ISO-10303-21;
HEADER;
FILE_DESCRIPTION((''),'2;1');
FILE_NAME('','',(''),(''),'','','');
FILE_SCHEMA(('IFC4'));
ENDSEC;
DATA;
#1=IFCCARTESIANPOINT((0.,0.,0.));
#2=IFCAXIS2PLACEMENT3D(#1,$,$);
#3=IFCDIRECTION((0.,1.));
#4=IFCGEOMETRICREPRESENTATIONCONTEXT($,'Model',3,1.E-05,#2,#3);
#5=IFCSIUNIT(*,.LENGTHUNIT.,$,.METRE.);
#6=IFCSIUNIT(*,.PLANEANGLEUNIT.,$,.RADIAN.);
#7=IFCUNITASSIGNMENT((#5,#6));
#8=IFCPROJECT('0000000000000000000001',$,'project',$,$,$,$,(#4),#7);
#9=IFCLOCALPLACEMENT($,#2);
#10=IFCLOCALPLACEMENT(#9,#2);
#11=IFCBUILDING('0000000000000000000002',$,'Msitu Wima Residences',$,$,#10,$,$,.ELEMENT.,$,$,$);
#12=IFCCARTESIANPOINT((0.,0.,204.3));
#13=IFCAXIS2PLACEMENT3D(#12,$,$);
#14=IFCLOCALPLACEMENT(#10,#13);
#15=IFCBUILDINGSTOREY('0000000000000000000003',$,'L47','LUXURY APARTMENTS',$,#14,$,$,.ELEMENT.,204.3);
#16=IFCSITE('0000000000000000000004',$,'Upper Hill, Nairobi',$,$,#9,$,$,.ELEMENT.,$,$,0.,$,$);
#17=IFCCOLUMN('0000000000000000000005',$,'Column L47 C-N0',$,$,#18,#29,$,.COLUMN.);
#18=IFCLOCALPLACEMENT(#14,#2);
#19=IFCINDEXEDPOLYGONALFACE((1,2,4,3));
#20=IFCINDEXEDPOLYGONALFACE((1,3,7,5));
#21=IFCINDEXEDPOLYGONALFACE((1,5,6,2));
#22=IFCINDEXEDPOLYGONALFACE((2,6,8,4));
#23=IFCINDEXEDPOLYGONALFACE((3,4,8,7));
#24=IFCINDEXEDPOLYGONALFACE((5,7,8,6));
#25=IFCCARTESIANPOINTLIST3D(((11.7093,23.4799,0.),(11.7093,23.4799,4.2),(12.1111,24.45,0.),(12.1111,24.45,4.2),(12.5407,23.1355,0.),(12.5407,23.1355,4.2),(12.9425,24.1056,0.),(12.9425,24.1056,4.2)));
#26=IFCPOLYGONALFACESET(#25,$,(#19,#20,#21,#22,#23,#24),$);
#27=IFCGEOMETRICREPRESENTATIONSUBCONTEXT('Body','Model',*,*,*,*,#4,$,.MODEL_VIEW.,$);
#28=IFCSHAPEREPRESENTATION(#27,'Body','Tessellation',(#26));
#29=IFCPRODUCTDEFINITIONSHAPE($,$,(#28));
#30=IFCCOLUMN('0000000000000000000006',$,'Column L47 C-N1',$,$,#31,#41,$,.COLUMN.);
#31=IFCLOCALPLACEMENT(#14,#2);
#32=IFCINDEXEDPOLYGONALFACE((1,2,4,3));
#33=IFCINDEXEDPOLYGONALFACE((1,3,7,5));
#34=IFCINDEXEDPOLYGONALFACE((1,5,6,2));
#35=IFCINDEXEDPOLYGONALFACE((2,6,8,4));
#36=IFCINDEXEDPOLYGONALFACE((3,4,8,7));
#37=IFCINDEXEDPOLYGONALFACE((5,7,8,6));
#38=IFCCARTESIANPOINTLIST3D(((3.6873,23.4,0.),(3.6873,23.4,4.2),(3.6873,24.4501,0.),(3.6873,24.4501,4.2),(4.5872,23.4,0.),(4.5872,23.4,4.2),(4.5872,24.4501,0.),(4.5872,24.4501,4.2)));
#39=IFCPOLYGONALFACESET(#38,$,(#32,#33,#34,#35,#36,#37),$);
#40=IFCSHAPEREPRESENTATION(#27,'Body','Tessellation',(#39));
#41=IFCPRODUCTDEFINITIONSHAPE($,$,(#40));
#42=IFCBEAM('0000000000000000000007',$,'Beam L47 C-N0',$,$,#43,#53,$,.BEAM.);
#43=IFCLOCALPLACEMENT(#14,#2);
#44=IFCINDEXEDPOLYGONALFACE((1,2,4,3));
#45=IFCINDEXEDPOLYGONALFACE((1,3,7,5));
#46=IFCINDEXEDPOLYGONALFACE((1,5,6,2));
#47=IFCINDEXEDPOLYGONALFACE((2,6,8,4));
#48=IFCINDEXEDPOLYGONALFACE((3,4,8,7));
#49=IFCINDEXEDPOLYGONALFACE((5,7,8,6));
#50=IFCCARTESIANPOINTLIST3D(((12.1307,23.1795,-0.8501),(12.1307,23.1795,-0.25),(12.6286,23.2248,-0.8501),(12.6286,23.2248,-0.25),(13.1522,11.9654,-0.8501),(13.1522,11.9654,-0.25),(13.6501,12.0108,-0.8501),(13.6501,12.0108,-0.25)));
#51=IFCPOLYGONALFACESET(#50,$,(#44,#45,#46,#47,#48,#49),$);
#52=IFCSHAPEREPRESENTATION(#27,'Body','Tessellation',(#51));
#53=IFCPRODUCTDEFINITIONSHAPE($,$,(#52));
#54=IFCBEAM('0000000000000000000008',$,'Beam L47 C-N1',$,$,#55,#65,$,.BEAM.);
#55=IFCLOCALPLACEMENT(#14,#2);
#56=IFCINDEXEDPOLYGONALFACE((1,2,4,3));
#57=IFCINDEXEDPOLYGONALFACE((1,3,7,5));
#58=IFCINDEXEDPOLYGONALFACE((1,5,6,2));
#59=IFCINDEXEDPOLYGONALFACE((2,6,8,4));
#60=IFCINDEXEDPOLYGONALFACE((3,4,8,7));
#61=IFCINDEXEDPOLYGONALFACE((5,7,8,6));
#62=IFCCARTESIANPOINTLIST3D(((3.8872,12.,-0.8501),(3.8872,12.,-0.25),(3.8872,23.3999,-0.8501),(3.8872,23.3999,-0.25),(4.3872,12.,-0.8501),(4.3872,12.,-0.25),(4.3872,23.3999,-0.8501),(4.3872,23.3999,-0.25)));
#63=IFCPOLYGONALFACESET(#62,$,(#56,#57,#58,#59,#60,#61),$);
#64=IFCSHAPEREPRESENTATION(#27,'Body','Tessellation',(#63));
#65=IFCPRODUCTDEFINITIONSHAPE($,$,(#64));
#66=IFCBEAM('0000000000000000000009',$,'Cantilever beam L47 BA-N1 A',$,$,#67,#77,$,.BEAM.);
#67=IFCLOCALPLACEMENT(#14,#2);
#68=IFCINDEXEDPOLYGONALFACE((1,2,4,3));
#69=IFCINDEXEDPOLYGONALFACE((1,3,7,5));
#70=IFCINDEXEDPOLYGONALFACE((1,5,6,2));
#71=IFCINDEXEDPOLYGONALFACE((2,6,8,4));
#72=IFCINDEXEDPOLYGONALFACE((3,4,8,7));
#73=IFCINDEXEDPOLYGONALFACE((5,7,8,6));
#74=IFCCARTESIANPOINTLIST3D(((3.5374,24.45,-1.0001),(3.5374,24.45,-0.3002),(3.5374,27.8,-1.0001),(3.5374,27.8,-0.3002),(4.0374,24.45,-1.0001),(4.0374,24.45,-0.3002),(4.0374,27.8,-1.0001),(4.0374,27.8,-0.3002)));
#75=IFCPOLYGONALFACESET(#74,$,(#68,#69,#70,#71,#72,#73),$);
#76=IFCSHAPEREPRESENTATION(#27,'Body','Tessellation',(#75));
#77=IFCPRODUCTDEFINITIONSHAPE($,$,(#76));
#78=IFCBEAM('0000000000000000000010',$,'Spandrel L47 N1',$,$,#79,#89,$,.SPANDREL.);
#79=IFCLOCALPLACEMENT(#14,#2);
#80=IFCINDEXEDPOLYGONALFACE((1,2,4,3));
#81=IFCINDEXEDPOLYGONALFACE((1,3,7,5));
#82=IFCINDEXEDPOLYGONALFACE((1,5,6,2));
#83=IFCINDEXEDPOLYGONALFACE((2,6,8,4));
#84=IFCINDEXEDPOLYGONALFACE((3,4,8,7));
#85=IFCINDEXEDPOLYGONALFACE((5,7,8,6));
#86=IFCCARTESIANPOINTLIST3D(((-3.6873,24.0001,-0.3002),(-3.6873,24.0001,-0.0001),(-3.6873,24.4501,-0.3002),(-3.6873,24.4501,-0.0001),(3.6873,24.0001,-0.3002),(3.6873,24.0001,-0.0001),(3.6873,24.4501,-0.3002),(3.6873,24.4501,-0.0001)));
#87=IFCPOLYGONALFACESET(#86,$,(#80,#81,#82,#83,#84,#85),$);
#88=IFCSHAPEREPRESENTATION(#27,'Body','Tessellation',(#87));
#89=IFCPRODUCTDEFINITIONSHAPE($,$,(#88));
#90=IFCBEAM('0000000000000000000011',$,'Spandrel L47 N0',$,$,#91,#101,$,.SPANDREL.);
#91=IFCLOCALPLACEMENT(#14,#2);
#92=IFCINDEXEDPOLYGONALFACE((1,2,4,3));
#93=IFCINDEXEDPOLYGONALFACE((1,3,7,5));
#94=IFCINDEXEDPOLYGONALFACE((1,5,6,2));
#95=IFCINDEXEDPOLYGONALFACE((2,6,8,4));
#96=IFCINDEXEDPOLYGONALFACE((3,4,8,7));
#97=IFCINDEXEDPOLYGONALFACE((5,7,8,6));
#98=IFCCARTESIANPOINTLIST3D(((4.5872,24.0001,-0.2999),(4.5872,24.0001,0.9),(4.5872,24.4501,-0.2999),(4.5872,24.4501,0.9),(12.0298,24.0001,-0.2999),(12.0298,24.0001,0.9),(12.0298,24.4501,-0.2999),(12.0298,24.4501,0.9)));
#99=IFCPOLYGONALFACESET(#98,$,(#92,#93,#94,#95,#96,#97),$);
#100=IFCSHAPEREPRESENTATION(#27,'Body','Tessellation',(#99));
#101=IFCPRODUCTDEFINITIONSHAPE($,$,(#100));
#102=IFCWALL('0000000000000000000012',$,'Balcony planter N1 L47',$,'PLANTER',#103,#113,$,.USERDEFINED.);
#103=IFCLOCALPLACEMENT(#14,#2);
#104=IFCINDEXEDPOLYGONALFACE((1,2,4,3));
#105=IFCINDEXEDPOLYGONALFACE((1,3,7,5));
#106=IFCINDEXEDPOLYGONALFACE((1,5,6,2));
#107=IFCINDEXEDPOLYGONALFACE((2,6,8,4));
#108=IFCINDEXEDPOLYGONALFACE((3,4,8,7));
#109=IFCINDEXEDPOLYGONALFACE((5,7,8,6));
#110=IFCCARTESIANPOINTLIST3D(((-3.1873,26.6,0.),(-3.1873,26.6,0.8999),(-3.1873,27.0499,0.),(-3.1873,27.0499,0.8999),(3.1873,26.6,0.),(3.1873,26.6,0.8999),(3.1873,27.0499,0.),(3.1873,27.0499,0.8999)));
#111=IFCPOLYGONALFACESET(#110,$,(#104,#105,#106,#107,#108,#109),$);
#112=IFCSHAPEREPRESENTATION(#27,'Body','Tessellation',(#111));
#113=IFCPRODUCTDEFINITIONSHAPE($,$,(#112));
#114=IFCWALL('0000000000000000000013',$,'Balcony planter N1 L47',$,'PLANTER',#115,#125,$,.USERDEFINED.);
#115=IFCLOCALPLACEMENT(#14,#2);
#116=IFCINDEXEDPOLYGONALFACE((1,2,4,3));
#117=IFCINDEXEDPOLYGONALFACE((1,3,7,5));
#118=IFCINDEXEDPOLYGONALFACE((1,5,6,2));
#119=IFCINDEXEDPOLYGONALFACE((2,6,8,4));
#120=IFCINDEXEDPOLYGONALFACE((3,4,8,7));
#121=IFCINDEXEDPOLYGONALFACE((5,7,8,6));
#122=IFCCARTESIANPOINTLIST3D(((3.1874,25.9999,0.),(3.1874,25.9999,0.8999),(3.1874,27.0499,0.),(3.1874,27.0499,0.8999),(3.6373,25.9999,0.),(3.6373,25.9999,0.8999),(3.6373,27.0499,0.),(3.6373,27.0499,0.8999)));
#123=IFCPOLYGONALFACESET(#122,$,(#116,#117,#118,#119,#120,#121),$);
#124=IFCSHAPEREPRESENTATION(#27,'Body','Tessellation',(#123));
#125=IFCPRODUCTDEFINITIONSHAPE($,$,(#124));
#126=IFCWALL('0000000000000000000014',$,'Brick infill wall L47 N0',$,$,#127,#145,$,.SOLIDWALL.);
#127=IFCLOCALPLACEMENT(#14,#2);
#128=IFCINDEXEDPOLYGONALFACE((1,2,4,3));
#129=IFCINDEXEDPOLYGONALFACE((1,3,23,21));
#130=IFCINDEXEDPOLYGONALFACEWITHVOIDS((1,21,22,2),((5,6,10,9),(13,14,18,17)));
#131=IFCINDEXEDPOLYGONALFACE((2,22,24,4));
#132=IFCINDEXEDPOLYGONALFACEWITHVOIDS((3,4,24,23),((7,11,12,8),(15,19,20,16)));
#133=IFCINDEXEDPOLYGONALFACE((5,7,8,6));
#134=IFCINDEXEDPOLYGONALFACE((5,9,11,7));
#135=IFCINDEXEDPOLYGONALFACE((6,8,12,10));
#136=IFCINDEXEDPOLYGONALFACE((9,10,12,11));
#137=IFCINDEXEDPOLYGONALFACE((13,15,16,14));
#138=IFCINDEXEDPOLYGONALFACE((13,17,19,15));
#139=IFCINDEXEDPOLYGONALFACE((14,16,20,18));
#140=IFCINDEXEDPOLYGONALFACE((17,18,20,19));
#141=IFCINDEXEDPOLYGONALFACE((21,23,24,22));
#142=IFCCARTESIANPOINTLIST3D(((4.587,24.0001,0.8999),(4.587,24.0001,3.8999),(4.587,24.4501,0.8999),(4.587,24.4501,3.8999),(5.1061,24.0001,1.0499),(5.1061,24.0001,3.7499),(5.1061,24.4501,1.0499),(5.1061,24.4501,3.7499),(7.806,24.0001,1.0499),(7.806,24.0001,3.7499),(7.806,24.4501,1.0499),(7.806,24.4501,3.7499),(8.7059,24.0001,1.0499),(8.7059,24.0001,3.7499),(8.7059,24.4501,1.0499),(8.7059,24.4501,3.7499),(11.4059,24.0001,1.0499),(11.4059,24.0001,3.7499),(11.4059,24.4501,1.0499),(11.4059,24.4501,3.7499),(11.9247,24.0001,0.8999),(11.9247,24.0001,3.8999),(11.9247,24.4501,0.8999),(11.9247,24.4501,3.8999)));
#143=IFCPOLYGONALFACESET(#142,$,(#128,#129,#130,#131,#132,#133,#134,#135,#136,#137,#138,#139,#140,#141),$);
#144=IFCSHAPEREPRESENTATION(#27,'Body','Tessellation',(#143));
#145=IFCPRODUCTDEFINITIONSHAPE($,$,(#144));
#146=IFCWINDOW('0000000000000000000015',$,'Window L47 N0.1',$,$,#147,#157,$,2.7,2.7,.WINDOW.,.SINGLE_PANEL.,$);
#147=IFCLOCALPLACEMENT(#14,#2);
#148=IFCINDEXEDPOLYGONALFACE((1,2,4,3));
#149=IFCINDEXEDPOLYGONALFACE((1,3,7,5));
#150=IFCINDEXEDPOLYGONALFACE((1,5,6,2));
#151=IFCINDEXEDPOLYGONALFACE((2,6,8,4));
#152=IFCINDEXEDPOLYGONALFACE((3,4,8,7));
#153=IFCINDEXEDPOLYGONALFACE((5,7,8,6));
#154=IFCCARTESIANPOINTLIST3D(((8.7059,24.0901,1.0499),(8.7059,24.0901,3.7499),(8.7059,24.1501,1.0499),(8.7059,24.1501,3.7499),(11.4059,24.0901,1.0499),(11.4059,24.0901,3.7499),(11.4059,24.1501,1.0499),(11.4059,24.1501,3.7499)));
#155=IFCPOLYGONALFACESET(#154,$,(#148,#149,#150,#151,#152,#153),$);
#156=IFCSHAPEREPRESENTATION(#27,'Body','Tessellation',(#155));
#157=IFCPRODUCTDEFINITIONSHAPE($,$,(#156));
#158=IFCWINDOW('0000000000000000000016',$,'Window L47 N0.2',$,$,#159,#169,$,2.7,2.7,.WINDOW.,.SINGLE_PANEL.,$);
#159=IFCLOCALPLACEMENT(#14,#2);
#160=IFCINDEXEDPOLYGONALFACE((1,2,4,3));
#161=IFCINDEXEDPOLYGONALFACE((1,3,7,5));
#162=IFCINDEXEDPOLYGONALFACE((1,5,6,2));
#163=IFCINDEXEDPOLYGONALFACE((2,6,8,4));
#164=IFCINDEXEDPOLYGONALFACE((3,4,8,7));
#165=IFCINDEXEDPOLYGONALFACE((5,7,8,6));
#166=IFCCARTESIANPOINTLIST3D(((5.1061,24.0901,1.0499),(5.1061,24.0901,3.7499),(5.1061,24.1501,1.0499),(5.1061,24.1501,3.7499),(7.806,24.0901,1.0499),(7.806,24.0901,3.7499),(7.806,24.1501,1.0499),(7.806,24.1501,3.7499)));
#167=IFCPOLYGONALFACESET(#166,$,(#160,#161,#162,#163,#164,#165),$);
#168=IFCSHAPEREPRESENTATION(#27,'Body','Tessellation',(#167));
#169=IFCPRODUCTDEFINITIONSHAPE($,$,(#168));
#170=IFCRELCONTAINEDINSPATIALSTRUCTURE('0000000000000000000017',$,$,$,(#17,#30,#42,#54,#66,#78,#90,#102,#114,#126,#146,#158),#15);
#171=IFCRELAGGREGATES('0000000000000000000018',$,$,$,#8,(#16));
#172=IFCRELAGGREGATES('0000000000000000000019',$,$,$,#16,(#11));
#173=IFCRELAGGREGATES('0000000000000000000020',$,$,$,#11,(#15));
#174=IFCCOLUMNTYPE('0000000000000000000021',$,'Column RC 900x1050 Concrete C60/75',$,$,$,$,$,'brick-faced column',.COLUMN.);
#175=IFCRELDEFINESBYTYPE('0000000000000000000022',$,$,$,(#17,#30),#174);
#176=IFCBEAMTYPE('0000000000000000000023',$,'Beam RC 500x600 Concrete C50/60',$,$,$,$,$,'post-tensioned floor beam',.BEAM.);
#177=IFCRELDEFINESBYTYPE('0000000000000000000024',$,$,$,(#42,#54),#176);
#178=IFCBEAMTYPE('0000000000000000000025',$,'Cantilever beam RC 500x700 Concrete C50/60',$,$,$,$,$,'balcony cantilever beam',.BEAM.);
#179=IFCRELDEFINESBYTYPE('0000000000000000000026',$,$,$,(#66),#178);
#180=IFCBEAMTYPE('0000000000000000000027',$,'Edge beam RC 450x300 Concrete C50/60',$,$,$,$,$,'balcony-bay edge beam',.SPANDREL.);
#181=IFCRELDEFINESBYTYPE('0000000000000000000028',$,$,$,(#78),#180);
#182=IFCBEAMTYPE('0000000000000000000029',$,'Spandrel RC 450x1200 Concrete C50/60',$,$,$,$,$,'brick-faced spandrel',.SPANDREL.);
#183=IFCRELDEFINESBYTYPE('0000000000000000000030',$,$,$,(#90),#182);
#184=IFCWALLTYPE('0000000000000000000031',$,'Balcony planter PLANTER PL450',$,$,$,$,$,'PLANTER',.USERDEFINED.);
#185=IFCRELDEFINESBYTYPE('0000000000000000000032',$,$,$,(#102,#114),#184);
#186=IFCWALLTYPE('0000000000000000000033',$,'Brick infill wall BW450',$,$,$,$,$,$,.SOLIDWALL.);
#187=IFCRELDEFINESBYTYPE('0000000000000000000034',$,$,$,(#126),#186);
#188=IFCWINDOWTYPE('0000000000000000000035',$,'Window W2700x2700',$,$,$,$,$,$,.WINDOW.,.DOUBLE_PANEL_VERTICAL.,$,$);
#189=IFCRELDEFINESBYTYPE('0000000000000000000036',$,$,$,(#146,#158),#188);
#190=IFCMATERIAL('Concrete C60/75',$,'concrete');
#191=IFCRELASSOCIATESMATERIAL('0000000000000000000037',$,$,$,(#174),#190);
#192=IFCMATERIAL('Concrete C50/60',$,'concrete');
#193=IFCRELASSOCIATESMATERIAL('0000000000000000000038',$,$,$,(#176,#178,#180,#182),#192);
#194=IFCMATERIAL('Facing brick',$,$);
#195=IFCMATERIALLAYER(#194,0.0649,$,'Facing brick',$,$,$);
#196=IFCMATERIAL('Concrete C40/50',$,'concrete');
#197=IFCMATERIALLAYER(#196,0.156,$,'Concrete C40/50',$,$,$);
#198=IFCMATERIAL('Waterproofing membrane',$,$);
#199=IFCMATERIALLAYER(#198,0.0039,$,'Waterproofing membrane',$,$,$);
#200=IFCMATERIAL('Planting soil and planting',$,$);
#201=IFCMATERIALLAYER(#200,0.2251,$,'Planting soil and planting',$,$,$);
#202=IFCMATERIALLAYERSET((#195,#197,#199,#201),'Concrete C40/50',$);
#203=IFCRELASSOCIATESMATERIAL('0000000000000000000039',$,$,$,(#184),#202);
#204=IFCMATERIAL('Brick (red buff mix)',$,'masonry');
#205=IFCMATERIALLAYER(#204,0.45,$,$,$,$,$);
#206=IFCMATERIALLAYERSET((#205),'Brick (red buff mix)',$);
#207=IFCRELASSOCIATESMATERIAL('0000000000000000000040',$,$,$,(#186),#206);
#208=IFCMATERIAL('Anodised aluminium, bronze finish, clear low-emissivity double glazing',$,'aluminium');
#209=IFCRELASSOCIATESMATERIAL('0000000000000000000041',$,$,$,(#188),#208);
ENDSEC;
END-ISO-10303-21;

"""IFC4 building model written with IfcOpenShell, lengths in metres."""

from ifc_helpers import new_model, si_unit, direction, frame, frame_2d, origin, origin_2d, place, context, subcontext, project, spatial, rectangle, extrude, material, layer, layer_set, material_profile, profile_set, type_object, element, fill, save


model = new_model("IFC4")

# Units and contexts
model_context = context("Model", 3, precision=1e-05, world=origin(), true_north=direction((0.0, 1.0)))
body_context = subcontext(model_context, "Body", "Model", "MODEL_VIEW")
ifc_project = project(units=[si_unit("LENGTHUNIT", "METRE"), si_unit("PLANEANGLEUNIT", "RADIAN")], contexts=[model_context])

# Site, building, storey
site_placement = place(None, origin())
site = spatial("IfcSite", under=ifc_project, at=site_placement, Name="Upper Hill, Nairobi", CompositionType="ELEMENT", RefElevation=0.0)
building_placement = place(site_placement, origin())
building = spatial("IfcBuilding", under=site, at=building_placement, Name="Msitu Wima Residences", CompositionType="ELEMENT")
storey_placement = place(building_placement, frame((0.0, 0.0, 204.3)))
storey = spatial("IfcBuildingStorey", under=building, at=storey_placement, Name="L47", Description="LUXURY APARTMENTS", CompositionType="ELEMENT", Elevation=204.3)

# Columns
ifc_material_1 = material(Name="Concrete C60/75", Category="concrete")
ifc_material_profile_1 = material_profile(ifc_material_1, rectangle(XDim=0.8999, YDim=1.05, at=origin_2d()), Name="RC 900x1050")
ifc_profile_set_1 = profile_set([ifc_material_profile_1], Name="Concrete C60/75")
column_type = type_object("IfcColumnType", Name="Column RC 900x1050 Concrete C60/75", ElementType="brick-faced column", PredefinedType="COLUMN", material=ifc_profile_set_1)
for number, where, z_axis, x_axis, name in (
    (1, (12.3259, 23.7927, 0.0), (0.0, 0.0, 1.0), (-0.92388, 0.382683, 0.0), "Column L47 C-N0"),
    (2, (4.1372, 23.925, 0.0), (0.0, 0.0, 1.0), (-1.0, 0.0, 0.0), "Column L47 C-N1"),
):
    element("IfcColumn", number, at=place(storey_placement, frame(where, z_axis=z_axis, x_axis=x_axis)), inside=storey, type_object=column_type, Name=name, PredefinedType="COLUMN", context=body_context, shape_type="SweptSolid", body=[
        extrude(rectangle(XDim=0.8999, YDim=1.05, at=origin_2d()), origin(), (0.0, 0.0, 1.0), 4.2),
    ])

# Beams
ifc_material_2 = material(Name="Concrete C50/60", Category="concrete")
ifc_material_profile_2 = material_profile(ifc_material_2, rectangle(XDim=0.5, YDim=0.6001, at=origin_2d()), Name="RC 500x600")
ifc_profile_set_2 = profile_set([ifc_material_profile_2], Name="Concrete C50/60")
beam_type_1 = type_object("IfcBeamType", Name="Beam RC 500x600 Concrete C50/60", ElementType="post-tensioned floor beam", PredefinedType="BEAM", material=ifc_profile_set_2)
beam_1_placement = place(storey_placement, frame((12.3796, 23.2021, -0.55), z_axis=(0.090714, -0.995877, 0.0), x_axis=(0.995877, 0.090714, 0.0)))
element("IfcBeam", 3, at=beam_1_placement, inside=storey, type_object=beam_type_1, Name="Beam L47 C-N0", PredefinedType="BEAM", context=body_context, shape_type="SweptSolid", body=[
    extrude(rectangle(XDim=0.5, YDim=0.6001, at=origin_2d()), origin(), (0.0, 0.0, 1.0), 11.2605),
])
beam_2_placement = place(storey_placement, frame((4.1372, 23.3999, -0.55), z_axis=(0.0, -1.0, 0.0), x_axis=(1.0, 0.0, 0.0)))
element("IfcBeam", 4, at=beam_2_placement, inside=storey, type_object=beam_type_1, Name="Beam L47 C-N1", PredefinedType="BEAM", context=body_context, shape_type="SweptSolid", body=[
    extrude(rectangle(XDim=0.5, YDim=0.6001, at=origin_2d()), origin(), (0.0, 0.0, 1.0), 11.3999),
])
ifc_material_profile_3 = material_profile(ifc_material_2, rectangle(XDim=0.5, YDim=0.7, at=origin_2d()), Name="RC 500x700")
ifc_profile_set_3 = profile_set([ifc_material_profile_3], Name="Concrete C50/60")
beam_type_2 = type_object("IfcBeamType", Name="Cantilever beam RC 500x700 Concrete C50/60", ElementType="balcony cantilever beam", PredefinedType="BEAM", material=ifc_profile_set_3)
beam_3_placement = place(storey_placement, frame((3.7874, 24.45, -0.6501), z_axis=(0.0, 1.0, 0.0), x_axis=(-1.0, 0.0, 0.0)))
element("IfcBeam", 5, at=beam_3_placement, inside=storey, type_object=beam_type_2, Name="Cantilever beam L47 BA-N1 A", PredefinedType="BEAM", context=body_context, shape_type="SweptSolid", body=[
    extrude(rectangle(XDim=0.5, YDim=0.7, at=origin_2d()), origin(), (0.0, 0.0, 1.0), 3.3501),
])
ifc_material_profile_4 = material_profile(ifc_material_2, rectangle(XDim=0.45, YDim=0.3, at=origin_2d()), Name="RC 450x300")
ifc_profile_set_4 = profile_set([ifc_material_profile_4], Name="Concrete C50/60")
beam_type_3 = type_object("IfcBeamType", Name="Edge beam RC 450x300 Concrete C50/60", ElementType="balcony-bay edge beam", PredefinedType="SPANDREL", material=ifc_profile_set_4)
beam_4_placement = place(storey_placement, frame((3.6873, 24.2251, -0.1501), z_axis=(-1.0, 0.0, 0.0), x_axis=(0.0, -1.0, 0.0)))
element("IfcBeam", 6, at=beam_4_placement, inside=storey, type_object=beam_type_3, Name="Spandrel L47 N1", PredefinedType="SPANDREL", context=body_context, shape_type="SweptSolid", body=[
    extrude(rectangle(XDim=0.45, YDim=0.3, at=origin_2d()), origin(), (0.0, 0.0, 1.0), 7.3745),
])
ifc_material_profile_5 = material_profile(ifc_material_2, rectangle(XDim=0.45, YDim=1.2, at=origin_2d()), Name="RC 450x1200")
ifc_profile_set_5 = profile_set([ifc_material_profile_5], Name="Concrete C50/60")
beam_type_4 = type_object("IfcBeamType", Name="Spandrel RC 450x1200 Concrete C50/60", ElementType="brick-faced spandrel", PredefinedType="SPANDREL", material=ifc_profile_set_5)
beam_5_placement = place(storey_placement, frame((12.0298, 24.2251, 0.3), z_axis=(-1.0, 0.0, 0.0), x_axis=(0.0, -1.0, 0.0)))
element("IfcBeam", 7, at=beam_5_placement, inside=storey, type_object=beam_type_4, Name="Spandrel L47 N0", PredefinedType="SPANDREL", context=body_context, shape_type="SweptSolid", body=[
    extrude(rectangle(XDim=0.45, YDim=1.2, at=origin_2d()), origin(), (0.0, 0.0, 1.0), 7.4426),
])

# Walls
ifc_material_3 = material(Name="Facing brick")
ifc_layer_1 = layer(ifc_material_3, 0.0649, Name="Facing brick")
ifc_material_4 = material(Name="Concrete C40/50", Category="concrete")
ifc_layer_2 = layer(ifc_material_4, 0.156, Name="Concrete C40/50")
ifc_material_5 = material(Name="Waterproofing membrane")
ifc_layer_3 = layer(ifc_material_5, 0.0039, Name="Waterproofing membrane")
ifc_material_6 = material(Name="Planting soil and planting")
ifc_layer_4 = layer(ifc_material_6, 0.2251, Name="Planting soil and planting")
ifc_layer_set_1 = layer_set([ifc_layer_1, ifc_layer_2, ifc_layer_3, ifc_layer_4], Name="Concrete C40/50")
wall_type_1 = type_object("IfcWallType", Name="Balcony planter PLANTER PL450", ElementType="PLANTER", PredefinedType="USERDEFINED", material=ifc_layer_set_1)
wall_1_placement = place(storey_placement, frame((3.1873, 26.825, 0.0), z_axis=(0.0, 0.0, 1.0), x_axis=(-1.0, 0.0, 0.0)))
element("IfcWall", 8, at=wall_1_placement, inside=storey, type_object=wall_type_1, Name="Balcony planter N1 L47", ObjectType="PLANTER", PredefinedType="USERDEFINED", context=body_context, shape_type="SweptSolid", body=[
    extrude(rectangle(XDim=6.3745, YDim=0.45, at=frame_2d((3.1873, 0.0))), origin(), (0.0, 0.0, 1.0), 0.8999),
])
wall_2_placement = place(storey_placement, frame((3.4124, 26.0, 0.0), z_axis=(0.0, 0.0, 1.0), x_axis=(0.0, 1.0, 0.0)))
element("IfcWall", 9, at=wall_2_placement, inside=storey, type_object=wall_type_1, Name="Balcony planter N1 L47", ObjectType="PLANTER", PredefinedType="USERDEFINED", context=body_context, shape_type="SweptSolid", body=[
    extrude(rectangle(XDim=1.05, YDim=0.45, at=frame_2d((0.5249, 0.0))), origin(), (0.0, 0.0, 1.0), 0.8999),
])

# Wall, openings, windows
ifc_material_7 = material(Name="Brick (red buff mix)", Category="masonry")
ifc_layer_5 = layer(ifc_material_7, 0.45)
ifc_layer_set_2 = layer_set([ifc_layer_5], Name="Brick (red buff mix)")
wall_type_2 = type_object("IfcWallType", Name="Brick infill wall BW450", PredefinedType="SOLIDWALL", material=ifc_layer_set_2)
wall_3_placement = place(storey_placement, frame((11.9248, 24.2251, 0.8999), z_axis=(0.0, 0.0, 1.0), x_axis=(-1.0, 0.0, 0.0)))
wall_3 = element("IfcWall", 10, at=wall_3_placement, inside=storey, type_object=wall_type_2, Name="Brick infill wall L47 N0", PredefinedType="SOLIDWALL", context=body_context, shape_type="SweptSolid", body=[
    extrude(rectangle(XDim=7.3376, YDim=0.45, at=frame_2d((3.6689, 0.0))), origin(), (0.0, 0.0, 1.0), 3.0),
])
opening_1_placement = place(wall_3_placement, frame((0.5188, 0.0, 0.1499)))
opening_1 = element("IfcOpeningElement", 11, at=opening_1_placement, cuts=wall_3, PredefinedType="OPENING", context=body_context, shape_type="SweptSolid", body=[
    extrude(rectangle(XDim=2.7, YDim=2.7, at=frame_2d((1.3501, 1.3501))), frame((0.0, 0.2349, 0.0), z_axis=(0.0, -1.0, 0.0), x_axis=(1.0, 0.0, 0.0)), (0.0, 0.0, 1.0), 0.47),
])
opening_2_placement = place(wall_3_placement, frame((4.1187, 0.0, 0.1499)))
opening_2 = element("IfcOpeningElement", 12, at=opening_2_placement, cuts=wall_3, PredefinedType="OPENING", context=body_context, shape_type="SweptSolid", body=[
    extrude(rectangle(XDim=2.7, YDim=2.7, at=frame_2d((1.3501, 1.3501))), frame((0.0, 0.2349, 0.0), z_axis=(0.0, -1.0, 0.0), x_axis=(1.0, 0.0, 0.0)), (0.0, 0.0, 1.0), 0.47),
])
ifc_material_8 = material(Name="Anodised aluminium, bronze finish, clear low-emissivity double glazing", Category="aluminium")
window_type = type_object("IfcWindowType", Name="Window W2700x2700", PartitioningType="DOUBLE_PANEL_VERTICAL", PredefinedType="WINDOW", material=ifc_material_8)
window_1_placement = place(opening_1_placement, origin())
window_1 = element("IfcWindow", 13, at=window_1_placement, inside=storey, type_object=window_type, Name="Window L47 N0.1", OverallHeight=2.7, OverallWidth=2.7, PartitioningType="SINGLE_PANEL", PredefinedType="WINDOW", context=body_context, shape_type="SweptSolid", body=[
    extrude(rectangle(XDim=2.7, YDim=2.7, at=frame_2d((1.3501, 1.3501))), frame((0.0, 0.135, 0.0), z_axis=(0.0, -1.0, 0.0), x_axis=(1.0, 0.0, 0.0)), (0.0, 0.0, 1.0), 0.0601),
])
fill(opening_1, window_1)
window_2_placement = place(opening_2_placement, origin())
window_2 = element("IfcWindow", 14, at=window_2_placement, inside=storey, type_object=window_type, Name="Window L47 N0.2", OverallHeight=2.7, OverallWidth=2.7, PartitioningType="SINGLE_PANEL", PredefinedType="WINDOW", context=body_context, shape_type="SweptSolid", body=[
    extrude(rectangle(XDim=2.7, YDim=2.7, at=frame_2d((1.3501, 1.3501))), frame((0.0, 0.135, 0.0), z_axis=(0.0, -1.0, 0.0), x_axis=(1.0, 0.0, 0.0)), (0.0, 0.0, 1.0), 0.0601),
])
fill(opening_2, window_2)

save(model, "model.ifc")
